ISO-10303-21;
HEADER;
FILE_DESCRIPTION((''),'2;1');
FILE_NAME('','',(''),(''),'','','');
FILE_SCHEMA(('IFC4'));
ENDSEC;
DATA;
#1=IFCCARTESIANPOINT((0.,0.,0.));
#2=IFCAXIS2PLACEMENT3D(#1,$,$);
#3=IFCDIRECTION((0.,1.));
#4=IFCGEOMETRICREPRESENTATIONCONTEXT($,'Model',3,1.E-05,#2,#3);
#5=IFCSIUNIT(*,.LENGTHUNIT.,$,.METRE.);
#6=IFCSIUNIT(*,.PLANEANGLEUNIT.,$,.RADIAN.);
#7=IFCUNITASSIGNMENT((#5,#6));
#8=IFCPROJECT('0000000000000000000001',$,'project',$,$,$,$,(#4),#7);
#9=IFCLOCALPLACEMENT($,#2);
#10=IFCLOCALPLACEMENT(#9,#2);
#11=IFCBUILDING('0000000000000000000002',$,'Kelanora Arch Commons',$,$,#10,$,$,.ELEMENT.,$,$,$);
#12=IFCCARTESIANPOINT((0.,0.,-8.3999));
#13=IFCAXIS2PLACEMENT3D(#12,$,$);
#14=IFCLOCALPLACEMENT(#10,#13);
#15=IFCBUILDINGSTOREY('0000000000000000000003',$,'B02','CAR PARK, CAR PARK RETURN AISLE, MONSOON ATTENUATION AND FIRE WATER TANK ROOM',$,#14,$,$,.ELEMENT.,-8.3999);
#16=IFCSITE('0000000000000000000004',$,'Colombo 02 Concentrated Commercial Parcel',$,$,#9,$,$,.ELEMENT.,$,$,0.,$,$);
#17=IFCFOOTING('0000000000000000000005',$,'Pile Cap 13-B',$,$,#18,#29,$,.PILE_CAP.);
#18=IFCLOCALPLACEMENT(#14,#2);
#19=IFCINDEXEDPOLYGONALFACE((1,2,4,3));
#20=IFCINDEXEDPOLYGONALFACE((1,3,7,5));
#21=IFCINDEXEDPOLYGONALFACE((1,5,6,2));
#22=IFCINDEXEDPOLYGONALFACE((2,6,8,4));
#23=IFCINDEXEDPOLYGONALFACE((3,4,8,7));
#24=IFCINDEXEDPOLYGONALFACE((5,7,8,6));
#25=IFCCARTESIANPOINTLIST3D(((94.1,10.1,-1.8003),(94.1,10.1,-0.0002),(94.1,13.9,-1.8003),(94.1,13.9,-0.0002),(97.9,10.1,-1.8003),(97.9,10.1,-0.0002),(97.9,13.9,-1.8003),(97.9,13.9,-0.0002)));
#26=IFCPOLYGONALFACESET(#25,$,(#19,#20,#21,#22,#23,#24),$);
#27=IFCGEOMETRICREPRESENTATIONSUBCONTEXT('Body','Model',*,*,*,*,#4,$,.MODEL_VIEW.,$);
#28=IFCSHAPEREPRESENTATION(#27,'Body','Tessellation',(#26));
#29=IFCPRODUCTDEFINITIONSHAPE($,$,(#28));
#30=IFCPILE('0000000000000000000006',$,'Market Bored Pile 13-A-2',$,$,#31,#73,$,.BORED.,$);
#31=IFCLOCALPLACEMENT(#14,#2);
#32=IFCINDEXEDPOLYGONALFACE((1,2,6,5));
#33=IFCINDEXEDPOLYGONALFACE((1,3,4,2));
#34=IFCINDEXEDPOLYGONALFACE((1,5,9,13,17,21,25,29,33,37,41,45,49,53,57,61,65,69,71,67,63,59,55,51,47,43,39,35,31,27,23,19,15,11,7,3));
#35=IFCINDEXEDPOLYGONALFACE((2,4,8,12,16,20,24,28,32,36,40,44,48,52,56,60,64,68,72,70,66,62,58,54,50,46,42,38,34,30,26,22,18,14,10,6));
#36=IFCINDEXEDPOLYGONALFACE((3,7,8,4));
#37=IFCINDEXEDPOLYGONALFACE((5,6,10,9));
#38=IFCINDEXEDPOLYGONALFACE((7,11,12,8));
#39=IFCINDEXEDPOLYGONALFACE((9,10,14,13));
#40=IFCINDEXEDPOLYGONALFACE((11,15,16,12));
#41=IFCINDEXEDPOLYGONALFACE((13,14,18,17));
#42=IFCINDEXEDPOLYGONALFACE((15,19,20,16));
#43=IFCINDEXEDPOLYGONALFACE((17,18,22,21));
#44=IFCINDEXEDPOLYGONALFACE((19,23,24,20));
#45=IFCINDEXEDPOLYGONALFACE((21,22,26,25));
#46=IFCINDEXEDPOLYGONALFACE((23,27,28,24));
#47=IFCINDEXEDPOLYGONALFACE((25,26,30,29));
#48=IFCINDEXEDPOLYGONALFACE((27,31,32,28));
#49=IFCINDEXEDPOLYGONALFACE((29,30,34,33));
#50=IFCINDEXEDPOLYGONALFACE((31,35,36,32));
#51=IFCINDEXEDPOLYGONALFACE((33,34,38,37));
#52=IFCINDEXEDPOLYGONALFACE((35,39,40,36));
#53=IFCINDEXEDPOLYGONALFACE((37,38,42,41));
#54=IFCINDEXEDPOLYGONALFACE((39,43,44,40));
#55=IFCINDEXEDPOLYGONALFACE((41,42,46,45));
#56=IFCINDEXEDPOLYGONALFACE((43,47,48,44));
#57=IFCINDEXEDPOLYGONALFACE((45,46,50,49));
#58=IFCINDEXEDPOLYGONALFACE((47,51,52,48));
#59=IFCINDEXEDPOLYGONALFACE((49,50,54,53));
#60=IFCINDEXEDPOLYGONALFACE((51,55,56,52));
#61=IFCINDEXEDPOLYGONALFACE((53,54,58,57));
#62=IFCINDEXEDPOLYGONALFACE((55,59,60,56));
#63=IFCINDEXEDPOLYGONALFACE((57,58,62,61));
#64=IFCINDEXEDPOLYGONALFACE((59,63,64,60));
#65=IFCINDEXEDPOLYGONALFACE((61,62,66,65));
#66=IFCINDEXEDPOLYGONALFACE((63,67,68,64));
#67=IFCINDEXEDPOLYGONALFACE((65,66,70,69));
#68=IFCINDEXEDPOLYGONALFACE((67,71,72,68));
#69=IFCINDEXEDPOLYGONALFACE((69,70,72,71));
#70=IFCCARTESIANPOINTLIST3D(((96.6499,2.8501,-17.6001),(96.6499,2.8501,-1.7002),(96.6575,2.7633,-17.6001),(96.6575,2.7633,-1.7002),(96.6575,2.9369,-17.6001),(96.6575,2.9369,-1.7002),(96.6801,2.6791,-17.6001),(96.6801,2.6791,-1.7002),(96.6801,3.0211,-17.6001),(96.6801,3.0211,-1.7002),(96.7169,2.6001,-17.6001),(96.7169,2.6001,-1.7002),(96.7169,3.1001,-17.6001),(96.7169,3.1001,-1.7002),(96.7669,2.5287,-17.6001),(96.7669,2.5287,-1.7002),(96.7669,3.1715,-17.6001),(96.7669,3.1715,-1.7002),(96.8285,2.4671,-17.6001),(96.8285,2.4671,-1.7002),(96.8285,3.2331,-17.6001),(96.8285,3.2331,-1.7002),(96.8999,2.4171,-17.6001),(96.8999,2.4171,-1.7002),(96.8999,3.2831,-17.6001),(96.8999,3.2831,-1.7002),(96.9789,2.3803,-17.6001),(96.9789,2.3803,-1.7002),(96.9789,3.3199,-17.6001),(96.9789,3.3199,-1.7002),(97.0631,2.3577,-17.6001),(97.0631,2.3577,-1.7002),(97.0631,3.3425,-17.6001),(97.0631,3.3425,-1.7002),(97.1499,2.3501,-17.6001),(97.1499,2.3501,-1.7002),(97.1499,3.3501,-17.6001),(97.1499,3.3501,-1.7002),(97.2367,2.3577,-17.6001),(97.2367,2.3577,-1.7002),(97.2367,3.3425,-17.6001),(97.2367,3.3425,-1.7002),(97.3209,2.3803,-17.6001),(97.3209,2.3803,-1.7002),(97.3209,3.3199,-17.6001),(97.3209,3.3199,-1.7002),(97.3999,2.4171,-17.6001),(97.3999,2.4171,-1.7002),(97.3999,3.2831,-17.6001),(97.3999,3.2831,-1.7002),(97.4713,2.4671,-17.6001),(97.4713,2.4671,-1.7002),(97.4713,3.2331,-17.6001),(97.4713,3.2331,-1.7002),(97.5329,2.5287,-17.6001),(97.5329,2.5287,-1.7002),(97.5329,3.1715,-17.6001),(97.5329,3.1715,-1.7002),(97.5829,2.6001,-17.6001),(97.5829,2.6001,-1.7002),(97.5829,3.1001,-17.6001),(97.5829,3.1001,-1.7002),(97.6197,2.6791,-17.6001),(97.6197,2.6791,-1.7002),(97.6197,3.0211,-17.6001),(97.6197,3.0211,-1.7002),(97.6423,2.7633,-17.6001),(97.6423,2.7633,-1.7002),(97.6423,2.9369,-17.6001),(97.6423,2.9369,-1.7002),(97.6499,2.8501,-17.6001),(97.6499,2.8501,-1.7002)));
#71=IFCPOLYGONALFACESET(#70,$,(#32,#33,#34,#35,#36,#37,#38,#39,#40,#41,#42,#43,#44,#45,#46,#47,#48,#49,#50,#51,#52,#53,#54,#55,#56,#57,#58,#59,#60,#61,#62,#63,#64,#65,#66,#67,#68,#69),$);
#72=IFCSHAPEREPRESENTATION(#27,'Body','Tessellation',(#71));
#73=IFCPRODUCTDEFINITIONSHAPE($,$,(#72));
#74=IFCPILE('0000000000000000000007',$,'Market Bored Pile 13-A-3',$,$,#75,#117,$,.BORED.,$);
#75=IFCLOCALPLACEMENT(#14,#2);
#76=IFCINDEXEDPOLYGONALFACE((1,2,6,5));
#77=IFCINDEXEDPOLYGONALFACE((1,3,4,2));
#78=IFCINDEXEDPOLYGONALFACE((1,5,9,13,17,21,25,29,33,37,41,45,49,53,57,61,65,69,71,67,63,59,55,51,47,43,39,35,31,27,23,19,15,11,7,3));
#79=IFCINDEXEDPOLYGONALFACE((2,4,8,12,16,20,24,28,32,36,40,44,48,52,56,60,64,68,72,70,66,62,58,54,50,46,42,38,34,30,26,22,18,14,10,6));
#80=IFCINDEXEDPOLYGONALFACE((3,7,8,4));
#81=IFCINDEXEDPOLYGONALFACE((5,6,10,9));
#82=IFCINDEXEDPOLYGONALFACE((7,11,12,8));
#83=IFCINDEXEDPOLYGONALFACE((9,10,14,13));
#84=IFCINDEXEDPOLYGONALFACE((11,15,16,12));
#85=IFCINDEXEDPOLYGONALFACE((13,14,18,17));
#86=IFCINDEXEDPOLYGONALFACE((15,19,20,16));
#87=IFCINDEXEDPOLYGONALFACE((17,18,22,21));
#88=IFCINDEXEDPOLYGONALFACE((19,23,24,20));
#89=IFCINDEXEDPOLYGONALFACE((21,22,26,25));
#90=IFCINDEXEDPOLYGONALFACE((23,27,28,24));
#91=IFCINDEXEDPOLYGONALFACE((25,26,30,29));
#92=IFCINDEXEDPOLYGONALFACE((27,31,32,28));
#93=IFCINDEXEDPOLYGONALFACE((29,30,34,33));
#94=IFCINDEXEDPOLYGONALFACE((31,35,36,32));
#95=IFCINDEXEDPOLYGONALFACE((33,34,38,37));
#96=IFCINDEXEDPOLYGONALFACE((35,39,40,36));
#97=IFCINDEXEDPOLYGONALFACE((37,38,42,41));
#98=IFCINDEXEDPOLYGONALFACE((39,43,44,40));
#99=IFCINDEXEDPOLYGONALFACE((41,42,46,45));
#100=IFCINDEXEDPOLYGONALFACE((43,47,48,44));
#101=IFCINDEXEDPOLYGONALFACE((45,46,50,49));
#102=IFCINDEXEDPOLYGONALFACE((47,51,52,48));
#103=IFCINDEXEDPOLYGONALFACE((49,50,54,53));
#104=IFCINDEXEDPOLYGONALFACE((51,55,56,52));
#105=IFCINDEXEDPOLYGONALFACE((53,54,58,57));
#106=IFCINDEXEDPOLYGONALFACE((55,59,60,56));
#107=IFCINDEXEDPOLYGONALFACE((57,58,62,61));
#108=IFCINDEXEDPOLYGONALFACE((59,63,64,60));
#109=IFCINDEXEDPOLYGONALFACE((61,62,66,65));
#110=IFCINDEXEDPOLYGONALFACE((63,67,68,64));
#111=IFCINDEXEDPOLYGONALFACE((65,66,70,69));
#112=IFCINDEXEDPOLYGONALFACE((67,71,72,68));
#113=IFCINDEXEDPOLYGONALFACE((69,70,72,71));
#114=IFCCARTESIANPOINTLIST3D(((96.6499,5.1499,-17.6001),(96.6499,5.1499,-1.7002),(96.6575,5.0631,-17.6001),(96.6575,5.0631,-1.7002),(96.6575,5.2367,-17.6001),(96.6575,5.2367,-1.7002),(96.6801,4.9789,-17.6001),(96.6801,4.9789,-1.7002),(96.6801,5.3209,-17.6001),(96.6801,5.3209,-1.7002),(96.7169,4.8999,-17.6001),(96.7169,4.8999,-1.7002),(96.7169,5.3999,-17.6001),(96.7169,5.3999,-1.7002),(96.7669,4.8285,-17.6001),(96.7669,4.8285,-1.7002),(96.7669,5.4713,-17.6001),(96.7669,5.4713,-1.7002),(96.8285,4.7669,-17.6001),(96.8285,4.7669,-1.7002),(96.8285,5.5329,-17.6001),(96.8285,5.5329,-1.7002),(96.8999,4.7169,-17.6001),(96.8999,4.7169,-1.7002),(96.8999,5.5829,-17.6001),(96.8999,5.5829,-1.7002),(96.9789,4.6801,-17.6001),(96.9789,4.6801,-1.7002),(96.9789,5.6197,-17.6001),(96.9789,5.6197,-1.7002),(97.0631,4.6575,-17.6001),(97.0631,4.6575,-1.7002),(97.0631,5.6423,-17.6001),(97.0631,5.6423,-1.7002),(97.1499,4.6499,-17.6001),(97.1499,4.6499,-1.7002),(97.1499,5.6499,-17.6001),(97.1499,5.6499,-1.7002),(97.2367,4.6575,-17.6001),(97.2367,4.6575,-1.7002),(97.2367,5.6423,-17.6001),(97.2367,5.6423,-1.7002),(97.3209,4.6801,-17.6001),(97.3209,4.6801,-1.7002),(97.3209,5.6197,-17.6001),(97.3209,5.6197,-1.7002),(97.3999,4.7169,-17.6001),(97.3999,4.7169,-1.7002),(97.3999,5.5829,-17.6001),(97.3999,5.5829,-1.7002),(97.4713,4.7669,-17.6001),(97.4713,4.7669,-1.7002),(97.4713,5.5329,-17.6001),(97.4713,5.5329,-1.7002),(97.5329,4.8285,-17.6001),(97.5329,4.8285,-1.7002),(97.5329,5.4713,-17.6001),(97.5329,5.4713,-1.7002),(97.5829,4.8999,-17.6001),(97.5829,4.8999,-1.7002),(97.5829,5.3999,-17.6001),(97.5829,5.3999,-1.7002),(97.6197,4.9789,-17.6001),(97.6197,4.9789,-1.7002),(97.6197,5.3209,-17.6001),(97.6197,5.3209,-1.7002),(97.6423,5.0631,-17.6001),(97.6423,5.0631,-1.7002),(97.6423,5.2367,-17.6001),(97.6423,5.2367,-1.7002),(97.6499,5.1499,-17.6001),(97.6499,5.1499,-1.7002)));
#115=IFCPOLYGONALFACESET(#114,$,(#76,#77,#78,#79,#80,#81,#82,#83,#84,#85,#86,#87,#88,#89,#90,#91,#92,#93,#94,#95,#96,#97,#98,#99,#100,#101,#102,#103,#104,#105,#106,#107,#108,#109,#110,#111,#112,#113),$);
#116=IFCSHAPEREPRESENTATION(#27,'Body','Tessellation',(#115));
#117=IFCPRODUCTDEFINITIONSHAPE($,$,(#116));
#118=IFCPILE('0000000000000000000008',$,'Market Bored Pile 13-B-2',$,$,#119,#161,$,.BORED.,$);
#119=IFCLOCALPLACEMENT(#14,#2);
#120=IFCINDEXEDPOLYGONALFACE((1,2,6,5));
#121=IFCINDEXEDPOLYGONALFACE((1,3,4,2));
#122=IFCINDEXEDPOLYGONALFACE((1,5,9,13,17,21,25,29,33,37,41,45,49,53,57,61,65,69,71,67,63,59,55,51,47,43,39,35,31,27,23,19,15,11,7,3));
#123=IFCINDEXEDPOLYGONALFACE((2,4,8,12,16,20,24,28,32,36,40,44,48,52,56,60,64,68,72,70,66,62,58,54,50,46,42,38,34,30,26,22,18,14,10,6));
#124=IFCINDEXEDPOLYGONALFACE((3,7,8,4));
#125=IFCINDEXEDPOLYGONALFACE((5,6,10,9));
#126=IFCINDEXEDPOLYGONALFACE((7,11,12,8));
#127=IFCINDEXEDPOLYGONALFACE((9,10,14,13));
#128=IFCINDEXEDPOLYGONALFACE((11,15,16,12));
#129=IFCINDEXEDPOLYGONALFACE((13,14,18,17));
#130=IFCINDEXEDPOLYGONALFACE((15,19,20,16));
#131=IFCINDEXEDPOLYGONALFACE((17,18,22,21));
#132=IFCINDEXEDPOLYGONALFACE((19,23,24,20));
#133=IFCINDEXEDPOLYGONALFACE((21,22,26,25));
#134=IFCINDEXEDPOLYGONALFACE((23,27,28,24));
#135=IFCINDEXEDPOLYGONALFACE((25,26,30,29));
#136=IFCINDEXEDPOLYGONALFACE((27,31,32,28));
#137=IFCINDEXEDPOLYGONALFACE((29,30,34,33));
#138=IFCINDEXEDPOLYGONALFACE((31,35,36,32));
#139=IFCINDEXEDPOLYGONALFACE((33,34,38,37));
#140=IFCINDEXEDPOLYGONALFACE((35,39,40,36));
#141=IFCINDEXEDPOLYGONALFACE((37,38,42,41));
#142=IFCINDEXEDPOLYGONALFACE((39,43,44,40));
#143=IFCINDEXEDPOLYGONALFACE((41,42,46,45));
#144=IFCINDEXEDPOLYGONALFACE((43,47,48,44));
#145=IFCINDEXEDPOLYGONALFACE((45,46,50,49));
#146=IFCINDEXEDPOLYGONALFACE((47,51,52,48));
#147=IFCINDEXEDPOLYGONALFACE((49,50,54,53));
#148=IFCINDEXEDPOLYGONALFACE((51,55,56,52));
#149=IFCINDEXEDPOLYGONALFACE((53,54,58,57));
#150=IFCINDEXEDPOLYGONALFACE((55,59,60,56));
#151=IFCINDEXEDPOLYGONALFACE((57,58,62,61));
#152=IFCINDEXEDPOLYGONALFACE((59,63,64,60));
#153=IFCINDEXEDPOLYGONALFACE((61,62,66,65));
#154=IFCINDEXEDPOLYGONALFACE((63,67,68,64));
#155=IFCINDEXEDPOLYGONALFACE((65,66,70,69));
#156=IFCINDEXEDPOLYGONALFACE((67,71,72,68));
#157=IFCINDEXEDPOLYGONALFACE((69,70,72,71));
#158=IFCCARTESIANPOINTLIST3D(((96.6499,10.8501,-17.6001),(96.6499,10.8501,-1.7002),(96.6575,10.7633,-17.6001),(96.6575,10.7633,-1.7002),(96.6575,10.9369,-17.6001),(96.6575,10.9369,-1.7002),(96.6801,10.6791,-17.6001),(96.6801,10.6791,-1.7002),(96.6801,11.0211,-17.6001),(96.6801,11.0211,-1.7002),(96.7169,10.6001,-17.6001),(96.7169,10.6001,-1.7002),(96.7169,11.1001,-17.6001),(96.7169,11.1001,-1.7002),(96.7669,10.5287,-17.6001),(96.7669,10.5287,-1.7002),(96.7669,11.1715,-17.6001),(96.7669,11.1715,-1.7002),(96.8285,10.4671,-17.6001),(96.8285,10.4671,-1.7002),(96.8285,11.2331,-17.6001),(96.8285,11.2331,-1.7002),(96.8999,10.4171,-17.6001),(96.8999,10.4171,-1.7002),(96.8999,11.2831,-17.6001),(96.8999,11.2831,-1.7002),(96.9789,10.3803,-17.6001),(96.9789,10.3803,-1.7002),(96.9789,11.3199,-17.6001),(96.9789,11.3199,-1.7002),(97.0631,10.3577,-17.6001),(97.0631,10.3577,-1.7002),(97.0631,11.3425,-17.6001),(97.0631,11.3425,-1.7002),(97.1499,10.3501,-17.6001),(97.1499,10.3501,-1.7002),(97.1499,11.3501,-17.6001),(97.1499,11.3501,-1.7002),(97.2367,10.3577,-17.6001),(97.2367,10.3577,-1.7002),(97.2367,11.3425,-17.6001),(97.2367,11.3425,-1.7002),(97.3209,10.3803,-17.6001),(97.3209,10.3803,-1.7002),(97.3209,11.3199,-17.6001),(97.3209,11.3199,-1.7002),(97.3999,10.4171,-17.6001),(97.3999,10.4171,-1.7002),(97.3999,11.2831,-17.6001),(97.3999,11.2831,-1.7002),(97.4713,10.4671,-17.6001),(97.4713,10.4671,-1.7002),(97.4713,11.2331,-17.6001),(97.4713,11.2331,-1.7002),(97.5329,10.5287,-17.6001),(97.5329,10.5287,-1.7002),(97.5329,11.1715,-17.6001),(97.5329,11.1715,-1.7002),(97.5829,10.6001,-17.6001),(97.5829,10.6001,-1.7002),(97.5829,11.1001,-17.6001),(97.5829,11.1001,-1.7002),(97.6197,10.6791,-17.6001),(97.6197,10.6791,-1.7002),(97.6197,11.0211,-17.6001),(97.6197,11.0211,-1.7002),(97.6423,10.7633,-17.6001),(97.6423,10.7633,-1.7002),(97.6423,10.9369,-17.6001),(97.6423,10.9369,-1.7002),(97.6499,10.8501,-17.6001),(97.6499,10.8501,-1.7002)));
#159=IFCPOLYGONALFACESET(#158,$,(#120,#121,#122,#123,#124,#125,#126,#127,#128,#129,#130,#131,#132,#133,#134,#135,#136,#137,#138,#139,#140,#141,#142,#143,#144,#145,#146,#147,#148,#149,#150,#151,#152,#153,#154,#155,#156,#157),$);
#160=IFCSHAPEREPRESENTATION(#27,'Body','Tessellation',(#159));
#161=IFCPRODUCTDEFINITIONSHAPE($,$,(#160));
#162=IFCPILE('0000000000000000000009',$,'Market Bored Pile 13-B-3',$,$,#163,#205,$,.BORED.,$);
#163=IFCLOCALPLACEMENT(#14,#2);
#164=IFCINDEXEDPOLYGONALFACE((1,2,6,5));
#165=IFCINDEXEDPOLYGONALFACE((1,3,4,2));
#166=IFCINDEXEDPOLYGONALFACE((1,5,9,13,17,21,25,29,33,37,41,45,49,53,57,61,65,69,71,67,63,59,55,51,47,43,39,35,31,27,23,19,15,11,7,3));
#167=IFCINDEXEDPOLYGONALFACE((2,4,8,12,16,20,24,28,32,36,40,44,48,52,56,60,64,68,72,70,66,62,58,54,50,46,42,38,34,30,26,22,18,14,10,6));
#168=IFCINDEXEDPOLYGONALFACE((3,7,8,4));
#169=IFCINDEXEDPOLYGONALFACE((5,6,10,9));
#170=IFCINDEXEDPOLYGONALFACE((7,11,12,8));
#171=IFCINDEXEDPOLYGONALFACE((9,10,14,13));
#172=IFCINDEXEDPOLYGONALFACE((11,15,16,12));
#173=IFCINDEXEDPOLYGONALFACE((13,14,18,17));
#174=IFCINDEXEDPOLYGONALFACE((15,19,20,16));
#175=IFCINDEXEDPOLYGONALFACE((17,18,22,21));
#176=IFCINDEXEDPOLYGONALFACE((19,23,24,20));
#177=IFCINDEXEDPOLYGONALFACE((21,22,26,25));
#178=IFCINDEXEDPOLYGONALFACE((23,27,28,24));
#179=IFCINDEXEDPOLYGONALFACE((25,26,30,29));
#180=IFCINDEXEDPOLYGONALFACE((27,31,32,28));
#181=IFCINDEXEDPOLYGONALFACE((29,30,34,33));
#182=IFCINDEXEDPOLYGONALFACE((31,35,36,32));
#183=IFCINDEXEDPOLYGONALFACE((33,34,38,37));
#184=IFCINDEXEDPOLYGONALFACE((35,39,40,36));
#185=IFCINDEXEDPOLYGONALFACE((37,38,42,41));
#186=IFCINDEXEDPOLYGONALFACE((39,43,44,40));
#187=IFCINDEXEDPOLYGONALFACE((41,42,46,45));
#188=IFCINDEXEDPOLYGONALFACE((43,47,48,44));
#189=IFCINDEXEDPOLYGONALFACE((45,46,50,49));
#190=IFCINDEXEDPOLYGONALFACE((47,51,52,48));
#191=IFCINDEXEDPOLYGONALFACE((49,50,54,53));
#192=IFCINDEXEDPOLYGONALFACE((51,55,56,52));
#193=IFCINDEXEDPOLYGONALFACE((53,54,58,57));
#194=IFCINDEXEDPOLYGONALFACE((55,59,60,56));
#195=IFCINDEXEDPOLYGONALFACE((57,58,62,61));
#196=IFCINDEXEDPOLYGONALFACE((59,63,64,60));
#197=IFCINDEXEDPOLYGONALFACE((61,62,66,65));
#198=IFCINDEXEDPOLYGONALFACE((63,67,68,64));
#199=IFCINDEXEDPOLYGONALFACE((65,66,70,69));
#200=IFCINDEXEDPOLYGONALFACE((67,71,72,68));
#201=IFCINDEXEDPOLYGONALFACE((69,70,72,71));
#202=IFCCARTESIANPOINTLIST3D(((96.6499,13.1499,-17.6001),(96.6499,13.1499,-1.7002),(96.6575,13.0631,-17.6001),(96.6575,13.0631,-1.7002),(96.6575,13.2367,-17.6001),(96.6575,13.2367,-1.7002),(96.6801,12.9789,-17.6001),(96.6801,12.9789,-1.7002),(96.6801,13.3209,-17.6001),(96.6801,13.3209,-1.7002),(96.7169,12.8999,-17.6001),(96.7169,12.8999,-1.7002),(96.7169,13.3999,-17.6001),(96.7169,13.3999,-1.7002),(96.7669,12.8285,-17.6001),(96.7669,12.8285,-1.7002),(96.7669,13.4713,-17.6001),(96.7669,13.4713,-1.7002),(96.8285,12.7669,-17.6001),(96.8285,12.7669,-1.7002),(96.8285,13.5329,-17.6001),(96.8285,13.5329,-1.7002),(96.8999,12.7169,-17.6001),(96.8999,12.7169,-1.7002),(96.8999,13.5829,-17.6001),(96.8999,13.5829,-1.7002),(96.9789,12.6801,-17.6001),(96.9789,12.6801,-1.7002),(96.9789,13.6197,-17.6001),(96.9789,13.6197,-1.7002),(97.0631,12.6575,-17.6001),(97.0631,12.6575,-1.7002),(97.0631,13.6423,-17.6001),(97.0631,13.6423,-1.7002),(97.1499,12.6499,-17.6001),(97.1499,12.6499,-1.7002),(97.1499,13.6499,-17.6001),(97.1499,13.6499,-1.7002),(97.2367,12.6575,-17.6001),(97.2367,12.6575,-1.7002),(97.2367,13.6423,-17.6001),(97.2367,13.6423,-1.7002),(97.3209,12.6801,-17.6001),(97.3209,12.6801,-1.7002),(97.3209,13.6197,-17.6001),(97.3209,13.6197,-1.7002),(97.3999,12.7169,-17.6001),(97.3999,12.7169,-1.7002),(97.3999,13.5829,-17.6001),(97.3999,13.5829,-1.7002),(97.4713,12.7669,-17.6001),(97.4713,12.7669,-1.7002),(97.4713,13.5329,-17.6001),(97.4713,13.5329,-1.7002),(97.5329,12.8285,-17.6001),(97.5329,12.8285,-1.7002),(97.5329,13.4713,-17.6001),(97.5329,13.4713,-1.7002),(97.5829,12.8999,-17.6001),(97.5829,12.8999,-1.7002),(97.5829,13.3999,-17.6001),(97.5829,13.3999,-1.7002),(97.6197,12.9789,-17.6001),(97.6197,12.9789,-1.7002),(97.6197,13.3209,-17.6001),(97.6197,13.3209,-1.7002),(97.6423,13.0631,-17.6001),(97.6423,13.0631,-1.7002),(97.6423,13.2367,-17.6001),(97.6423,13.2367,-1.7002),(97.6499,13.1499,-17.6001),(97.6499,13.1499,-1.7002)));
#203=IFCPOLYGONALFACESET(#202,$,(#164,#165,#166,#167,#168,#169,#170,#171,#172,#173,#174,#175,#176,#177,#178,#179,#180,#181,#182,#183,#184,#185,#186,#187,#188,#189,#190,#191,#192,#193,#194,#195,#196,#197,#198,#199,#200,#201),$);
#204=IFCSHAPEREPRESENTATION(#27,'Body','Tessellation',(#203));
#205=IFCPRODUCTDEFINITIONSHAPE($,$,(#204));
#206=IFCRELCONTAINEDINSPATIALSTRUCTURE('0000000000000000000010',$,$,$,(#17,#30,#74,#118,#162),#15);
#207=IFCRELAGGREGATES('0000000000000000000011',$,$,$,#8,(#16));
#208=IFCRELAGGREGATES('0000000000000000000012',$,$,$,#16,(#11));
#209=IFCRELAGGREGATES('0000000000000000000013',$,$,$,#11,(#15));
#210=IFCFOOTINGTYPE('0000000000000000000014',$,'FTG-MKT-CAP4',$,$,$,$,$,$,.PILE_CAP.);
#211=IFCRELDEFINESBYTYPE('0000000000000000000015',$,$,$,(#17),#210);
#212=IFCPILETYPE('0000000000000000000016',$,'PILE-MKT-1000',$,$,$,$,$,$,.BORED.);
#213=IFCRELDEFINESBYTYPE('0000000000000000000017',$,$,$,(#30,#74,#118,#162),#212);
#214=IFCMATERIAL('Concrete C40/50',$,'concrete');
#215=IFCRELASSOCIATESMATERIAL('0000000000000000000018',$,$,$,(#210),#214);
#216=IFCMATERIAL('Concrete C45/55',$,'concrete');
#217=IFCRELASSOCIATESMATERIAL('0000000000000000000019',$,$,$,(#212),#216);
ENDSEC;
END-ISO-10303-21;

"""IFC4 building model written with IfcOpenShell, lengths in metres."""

from ifc_helpers import new_model, si_unit, direction, frame, origin, origin_2d, place, context, subcontext, project, spatial, rectangle, circle, extrude, source, transform, mapped, material, material_profile, profile_set, type_object, element, save


model = new_model("IFC4")

# Units and contexts
model_context = context("Model", 3, precision=1e-05, world=origin(), true_north=direction((0.0, 1.0)))
body_context = subcontext(model_context, "Body", "Model", "MODEL_VIEW")
ifc_project = project(units=[si_unit("LENGTHUNIT", "METRE"), si_unit("PLANEANGLEUNIT", "RADIAN")], contexts=[model_context])

# Site, building, storey
site_placement = place(None, origin())
site = spatial("IfcSite", under=ifc_project, at=site_placement, Name="Colombo 02 Concentrated Commercial Parcel", CompositionType="ELEMENT", RefElevation=0.0)
building_placement = place(site_placement, origin())
building = spatial("IfcBuilding", under=site, at=building_placement, Name="Kelanora Arch Commons", CompositionType="ELEMENT")
storey_placement = place(building_placement, frame((0.0, 0.0, -8.3999)))
storey = spatial("IfcBuildingStorey", under=building, at=storey_placement, Name="B02", Description="CAR PARK, CAR PARK RETURN AISLE, MONSOON ATTENUATION AND FIRE WATER TANK ROOM", CompositionType="ELEMENT", Elevation=-8.3999)

# Footing
ifc_material_1 = material(Name="Concrete C40/50", Category="concrete")
footing_type_1 = type_object("IfcFootingType", Name="FTG-MKT-CAP4", PredefinedType="PILE_CAP", material=ifc_material_1)
shared_shape_1 = source(origin(), body_context, "Body", "SweptSolid", [
    extrude(rectangle(XDim=3.8, YDim=3.8, at=origin_2d()), origin(), (0.0, 0.0, 1.0), 1.8),
])
footing_1_placement = place(storey_placement, frame((96.0, 12.0, -1.8003), z_axis=(0.0, 0.0, 1.0), x_axis=(1.0, 0.0, 0.0)))
element("IfcFooting", 1, at=footing_1_placement, inside=storey, type_object=footing_type_1, Name="Pile Cap 13-B", PredefinedType="PILE_CAP", context=body_context, shape_type="MappedRepresentation", body=[
    mapped(shared_shape_1, transform((0.0, 0.0, 0.0), scale=1.0)),
])

# Piles
ifc_material_2 = material(Name="Concrete C45/55", Category="concrete")
ifc_material_profile_1 = material_profile(ifc_material_2, circle(Radius=0.5, at=origin_2d()), Name="PILE1000")
ifc_profile_set_1 = profile_set([ifc_material_profile_1], Name="Concrete C45/55")
pile_type = type_object("IfcPileType", Name="PILE-MKT-1000", PredefinedType="BORED", material=ifc_profile_set_1)
shared_shape_2 = source(origin(), body_context, "Body", "SweptSolid", [
    extrude(circle(Radius=0.5, at=origin_2d()), origin(), (0.0, 0.0, 1.0), 15.8999),
])
for number, where, z_axis, x_axis, name in (
    (2, (97.1499, 2.8501, -1.7002), (0.0, 0.0, -1.0), (1.0, 0.0, 0.0), "Market Bored Pile 13-A-2"),
    (3, (97.1499, 5.1499, -1.7002), (0.0, 0.0, -1.0), (1.0, 0.0, 0.0), "Market Bored Pile 13-A-3"),
    (4, (97.1499, 10.8501, -1.7002), (0.0, 0.0, -1.0), (1.0, 0.0, 0.0), "Market Bored Pile 13-B-2"),
    (5, (97.1499, 13.1499, -1.7002), (0.0, 0.0, -1.0), (1.0, 0.0, 0.0), "Market Bored Pile 13-B-3"),
):
    element("IfcPile", number, at=place(storey_placement, frame(where, z_axis=z_axis, x_axis=x_axis)), inside=storey, type_object=pile_type, Name=name, PredefinedType="BORED", context=body_context, shape_type="MappedRepresentation", body=[
        mapped(shared_shape_2, transform((0.0, 0.0, 0.0), scale=1.0)),
    ])

save(model, "model.ifc")
